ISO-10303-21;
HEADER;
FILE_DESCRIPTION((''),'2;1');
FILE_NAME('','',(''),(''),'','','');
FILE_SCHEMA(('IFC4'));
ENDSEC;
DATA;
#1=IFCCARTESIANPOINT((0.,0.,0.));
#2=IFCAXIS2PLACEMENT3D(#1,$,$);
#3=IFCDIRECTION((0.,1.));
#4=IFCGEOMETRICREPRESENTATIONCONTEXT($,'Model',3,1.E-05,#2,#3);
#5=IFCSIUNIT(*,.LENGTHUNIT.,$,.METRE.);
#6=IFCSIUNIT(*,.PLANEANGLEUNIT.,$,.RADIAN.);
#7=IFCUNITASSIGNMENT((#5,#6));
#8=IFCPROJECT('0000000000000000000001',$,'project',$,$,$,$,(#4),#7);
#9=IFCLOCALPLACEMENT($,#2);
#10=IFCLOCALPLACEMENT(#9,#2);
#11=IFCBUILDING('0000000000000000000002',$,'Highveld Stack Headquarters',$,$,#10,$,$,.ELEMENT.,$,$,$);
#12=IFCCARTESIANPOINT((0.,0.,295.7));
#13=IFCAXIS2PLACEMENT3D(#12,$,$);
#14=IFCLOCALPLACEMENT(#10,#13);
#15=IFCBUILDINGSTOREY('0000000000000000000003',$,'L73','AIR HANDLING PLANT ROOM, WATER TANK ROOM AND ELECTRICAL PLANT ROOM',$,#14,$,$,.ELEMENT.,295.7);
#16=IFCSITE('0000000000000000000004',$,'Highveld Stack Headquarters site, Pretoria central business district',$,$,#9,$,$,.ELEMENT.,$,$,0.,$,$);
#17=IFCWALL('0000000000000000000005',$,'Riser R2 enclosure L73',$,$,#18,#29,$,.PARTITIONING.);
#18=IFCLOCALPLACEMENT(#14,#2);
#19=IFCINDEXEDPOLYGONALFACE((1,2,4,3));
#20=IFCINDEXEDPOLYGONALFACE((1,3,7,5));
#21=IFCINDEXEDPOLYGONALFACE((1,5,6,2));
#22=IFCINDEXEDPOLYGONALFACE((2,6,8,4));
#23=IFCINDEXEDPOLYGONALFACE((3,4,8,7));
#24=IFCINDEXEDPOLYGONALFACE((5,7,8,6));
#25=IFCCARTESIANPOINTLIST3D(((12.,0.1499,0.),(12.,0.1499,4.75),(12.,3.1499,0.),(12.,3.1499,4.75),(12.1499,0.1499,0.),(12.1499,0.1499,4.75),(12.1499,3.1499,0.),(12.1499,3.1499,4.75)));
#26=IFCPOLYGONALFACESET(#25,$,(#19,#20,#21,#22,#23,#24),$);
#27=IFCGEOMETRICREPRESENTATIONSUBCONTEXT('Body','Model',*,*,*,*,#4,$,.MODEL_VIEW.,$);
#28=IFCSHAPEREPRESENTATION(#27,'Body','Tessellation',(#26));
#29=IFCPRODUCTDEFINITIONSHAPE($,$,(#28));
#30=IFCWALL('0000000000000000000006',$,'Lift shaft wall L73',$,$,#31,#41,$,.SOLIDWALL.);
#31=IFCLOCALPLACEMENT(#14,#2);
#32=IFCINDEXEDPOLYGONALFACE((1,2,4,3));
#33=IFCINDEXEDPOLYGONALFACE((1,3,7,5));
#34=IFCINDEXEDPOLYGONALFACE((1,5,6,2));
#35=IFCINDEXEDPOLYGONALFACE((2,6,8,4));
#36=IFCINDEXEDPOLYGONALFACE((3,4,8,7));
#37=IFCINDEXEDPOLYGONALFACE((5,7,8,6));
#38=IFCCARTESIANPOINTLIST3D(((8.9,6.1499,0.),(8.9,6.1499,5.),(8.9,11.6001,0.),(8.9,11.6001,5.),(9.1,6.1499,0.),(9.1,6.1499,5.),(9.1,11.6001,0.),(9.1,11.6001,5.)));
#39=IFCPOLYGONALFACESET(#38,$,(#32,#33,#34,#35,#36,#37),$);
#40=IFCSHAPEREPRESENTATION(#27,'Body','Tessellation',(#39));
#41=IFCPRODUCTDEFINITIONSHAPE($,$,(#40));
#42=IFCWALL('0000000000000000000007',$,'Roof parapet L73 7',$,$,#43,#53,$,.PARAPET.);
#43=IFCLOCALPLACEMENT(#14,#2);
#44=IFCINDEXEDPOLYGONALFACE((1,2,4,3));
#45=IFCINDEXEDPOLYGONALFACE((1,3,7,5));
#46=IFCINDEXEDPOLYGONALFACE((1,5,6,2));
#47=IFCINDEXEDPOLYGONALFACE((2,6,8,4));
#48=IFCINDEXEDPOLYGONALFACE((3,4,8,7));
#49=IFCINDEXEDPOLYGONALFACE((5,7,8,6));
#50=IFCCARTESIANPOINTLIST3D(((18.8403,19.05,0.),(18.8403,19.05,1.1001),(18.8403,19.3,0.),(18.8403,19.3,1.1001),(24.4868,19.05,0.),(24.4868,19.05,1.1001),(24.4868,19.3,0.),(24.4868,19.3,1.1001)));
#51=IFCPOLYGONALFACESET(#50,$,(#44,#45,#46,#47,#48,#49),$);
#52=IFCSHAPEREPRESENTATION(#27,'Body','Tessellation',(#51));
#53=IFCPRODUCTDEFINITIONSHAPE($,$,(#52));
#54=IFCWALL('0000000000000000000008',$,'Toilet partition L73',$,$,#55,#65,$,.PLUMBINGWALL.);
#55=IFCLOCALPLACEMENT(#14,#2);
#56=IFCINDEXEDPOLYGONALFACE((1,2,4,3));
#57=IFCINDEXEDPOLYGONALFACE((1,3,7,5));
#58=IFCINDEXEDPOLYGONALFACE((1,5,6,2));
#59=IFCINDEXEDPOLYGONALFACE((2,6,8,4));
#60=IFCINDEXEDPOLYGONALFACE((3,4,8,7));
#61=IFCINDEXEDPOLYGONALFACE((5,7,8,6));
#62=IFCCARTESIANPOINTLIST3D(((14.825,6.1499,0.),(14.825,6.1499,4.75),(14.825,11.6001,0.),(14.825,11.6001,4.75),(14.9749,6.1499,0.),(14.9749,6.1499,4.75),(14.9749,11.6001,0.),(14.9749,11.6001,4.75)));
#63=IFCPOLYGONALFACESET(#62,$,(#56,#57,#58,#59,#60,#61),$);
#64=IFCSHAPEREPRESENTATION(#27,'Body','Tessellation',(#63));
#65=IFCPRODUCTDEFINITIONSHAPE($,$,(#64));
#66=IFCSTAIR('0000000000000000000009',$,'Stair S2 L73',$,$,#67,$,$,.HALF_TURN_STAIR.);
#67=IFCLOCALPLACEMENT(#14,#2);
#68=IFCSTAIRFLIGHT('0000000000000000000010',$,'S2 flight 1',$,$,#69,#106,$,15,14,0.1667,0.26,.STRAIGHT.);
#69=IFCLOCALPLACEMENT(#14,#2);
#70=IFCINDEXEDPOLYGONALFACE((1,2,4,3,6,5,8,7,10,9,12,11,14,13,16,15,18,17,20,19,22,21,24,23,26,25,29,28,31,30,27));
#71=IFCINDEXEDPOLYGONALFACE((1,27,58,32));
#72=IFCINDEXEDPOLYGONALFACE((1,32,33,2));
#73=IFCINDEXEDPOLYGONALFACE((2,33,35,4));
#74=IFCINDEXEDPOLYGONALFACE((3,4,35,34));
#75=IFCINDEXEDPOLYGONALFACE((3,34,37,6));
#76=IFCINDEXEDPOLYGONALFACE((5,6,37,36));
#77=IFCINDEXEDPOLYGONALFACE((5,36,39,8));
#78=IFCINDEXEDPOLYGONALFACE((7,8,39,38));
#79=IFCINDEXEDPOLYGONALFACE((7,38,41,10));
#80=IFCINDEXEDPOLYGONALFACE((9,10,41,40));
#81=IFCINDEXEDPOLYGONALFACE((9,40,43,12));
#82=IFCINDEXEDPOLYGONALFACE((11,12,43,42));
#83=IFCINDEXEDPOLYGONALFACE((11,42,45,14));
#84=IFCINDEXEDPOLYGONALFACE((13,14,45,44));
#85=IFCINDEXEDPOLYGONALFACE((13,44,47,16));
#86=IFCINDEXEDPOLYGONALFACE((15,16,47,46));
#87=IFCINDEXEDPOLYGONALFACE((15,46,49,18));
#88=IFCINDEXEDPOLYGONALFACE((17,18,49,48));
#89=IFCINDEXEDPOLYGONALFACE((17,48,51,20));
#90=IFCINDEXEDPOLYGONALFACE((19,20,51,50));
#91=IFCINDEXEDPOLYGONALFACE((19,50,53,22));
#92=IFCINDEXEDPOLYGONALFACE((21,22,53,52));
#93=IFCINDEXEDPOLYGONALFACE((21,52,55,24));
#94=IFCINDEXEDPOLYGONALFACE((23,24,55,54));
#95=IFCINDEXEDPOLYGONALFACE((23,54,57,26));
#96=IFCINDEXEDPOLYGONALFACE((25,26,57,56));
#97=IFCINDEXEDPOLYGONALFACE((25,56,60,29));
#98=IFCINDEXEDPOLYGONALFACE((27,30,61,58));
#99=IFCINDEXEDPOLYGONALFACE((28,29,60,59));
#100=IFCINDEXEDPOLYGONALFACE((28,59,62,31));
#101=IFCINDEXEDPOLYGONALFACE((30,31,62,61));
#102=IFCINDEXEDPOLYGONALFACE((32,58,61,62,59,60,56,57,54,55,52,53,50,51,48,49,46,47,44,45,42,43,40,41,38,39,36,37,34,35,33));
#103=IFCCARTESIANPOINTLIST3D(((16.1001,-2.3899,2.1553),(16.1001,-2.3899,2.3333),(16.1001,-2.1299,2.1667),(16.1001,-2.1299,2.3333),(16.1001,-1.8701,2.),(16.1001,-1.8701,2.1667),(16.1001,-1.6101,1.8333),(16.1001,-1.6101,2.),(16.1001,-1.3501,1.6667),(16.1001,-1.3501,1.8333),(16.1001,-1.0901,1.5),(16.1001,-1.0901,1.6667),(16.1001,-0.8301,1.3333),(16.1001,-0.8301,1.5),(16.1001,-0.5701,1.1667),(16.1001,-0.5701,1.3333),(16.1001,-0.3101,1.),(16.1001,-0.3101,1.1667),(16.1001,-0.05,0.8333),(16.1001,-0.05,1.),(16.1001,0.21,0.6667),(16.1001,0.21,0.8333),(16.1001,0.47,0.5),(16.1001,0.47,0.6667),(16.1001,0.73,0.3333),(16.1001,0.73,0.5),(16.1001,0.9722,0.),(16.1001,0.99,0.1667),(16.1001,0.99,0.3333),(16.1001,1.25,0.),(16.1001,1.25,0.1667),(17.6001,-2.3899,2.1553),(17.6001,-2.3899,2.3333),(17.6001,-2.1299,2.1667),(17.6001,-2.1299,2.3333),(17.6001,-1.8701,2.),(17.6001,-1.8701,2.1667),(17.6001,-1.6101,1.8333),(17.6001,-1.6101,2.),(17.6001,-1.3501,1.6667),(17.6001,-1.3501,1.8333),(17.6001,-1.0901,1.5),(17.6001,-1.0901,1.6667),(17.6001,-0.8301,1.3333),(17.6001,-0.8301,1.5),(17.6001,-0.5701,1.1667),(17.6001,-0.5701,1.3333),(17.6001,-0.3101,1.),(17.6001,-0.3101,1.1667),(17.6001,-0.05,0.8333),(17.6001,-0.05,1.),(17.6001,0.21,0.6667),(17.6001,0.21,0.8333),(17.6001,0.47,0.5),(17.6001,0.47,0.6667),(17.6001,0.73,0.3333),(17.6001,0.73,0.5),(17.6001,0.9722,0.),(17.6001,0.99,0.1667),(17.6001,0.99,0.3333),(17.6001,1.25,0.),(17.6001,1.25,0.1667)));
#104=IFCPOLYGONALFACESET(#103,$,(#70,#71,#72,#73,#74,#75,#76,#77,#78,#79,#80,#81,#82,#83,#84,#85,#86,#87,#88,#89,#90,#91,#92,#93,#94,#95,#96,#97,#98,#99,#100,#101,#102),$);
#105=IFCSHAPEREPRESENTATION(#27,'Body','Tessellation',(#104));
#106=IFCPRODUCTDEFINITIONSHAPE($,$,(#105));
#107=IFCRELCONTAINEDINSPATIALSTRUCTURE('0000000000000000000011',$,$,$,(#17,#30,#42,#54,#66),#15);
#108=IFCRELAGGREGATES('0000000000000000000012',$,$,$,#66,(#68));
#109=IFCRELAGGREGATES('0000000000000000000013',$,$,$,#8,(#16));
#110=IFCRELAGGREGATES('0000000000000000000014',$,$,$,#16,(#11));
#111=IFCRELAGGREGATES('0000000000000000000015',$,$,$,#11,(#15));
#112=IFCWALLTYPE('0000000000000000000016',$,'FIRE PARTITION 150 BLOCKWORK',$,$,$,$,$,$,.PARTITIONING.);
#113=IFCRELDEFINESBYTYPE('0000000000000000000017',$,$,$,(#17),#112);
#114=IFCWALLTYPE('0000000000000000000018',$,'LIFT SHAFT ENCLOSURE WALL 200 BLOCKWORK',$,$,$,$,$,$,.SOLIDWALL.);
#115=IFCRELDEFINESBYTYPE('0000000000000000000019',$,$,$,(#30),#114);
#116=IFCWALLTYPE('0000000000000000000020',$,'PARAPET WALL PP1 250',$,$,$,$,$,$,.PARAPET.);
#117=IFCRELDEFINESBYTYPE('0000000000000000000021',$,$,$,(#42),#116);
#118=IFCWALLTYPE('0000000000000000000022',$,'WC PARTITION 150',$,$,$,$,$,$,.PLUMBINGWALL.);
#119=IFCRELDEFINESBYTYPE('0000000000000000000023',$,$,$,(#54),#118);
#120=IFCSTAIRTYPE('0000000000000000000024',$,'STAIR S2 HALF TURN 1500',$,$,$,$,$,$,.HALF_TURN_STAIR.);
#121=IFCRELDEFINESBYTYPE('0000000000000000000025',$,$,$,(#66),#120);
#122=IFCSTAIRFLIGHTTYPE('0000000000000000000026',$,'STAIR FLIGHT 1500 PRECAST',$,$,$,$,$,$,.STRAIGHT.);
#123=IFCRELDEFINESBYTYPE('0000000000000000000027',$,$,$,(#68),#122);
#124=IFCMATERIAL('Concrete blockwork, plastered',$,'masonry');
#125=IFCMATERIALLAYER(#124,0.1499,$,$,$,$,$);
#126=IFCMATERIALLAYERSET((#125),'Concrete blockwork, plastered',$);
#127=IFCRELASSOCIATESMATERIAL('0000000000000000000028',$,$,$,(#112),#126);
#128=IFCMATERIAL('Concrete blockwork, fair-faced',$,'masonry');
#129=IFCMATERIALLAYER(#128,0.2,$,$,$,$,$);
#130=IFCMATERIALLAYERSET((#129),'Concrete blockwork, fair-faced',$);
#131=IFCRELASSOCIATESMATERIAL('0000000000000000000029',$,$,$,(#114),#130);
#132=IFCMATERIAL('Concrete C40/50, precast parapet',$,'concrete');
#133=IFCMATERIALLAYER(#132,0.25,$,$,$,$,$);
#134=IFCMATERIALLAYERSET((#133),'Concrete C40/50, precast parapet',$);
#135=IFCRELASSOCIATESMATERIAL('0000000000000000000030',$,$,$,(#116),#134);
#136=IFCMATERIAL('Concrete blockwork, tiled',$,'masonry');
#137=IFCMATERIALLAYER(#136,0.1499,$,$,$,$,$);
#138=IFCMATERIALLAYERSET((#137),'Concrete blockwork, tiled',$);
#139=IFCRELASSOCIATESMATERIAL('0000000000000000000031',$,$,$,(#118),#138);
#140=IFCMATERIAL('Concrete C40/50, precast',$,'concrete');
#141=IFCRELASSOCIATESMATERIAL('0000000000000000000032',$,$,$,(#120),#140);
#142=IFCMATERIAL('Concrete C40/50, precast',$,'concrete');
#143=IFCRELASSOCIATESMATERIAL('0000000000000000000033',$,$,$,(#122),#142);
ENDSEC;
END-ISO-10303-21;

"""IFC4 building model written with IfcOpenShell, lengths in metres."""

from ifc_helpers import new_model, si_unit, direction, frame, frame_2d, origin, place, context, subcontext, project, spatial, polyline, rectangle, outline, extrude, material, layer, layer_set, type_object, element, aggregate, save


model = new_model("IFC4")

# Units and contexts
model_context = context("Model", 3, precision=1e-05, world=origin(), true_north=direction((0.0, 1.0)))
body_context = subcontext(model_context, "Body", "Model", "MODEL_VIEW")
ifc_project = project(units=[si_unit("LENGTHUNIT", "METRE"), si_unit("PLANEANGLEUNIT", "RADIAN")], contexts=[model_context])

# Site, building, storey
site_placement = place(None, origin())
site = spatial("IfcSite", under=ifc_project, at=site_placement, Name="Highveld Stack Headquarters site, Pretoria central business district", CompositionType="ELEMENT", RefElevation=0.0)
building_placement = place(site_placement, origin())
building = spatial("IfcBuilding", under=site, at=building_placement, Name="Highveld Stack Headquarters", CompositionType="ELEMENT")
storey_placement = place(building_placement, frame((0.0, 0.0, 295.7)))
storey = spatial("IfcBuildingStorey", under=building, at=storey_placement, Name="L73", Description="AIR HANDLING PLANT ROOM, WATER TANK ROOM AND ELECTRICAL PLANT ROOM", CompositionType="ELEMENT", Elevation=295.7)

# Shared definitions
ifc_material_1 = material(Name="Concrete blockwork, plastered", Category="masonry")
ifc_layer_1 = layer(ifc_material_1, 0.1499)
ifc_layer_set_1 = layer_set([ifc_layer_1], Name="Concrete blockwork, plastered")
wall_type_1 = type_object("IfcWallType", Name="FIRE PARTITION 150 BLOCKWORK", PredefinedType="PARTITIONING", material=ifc_layer_set_1)

# Walls
wall_1_placement = place(storey_placement, frame((12.075, 0.1499, 0.0), z_axis=(0.0, 0.0, 1.0), x_axis=(0.0, 1.0, 0.0)))
element("IfcWall", 1, at=wall_1_placement, inside=storey, type_object=wall_type_1, Name="Riser R2 enclosure L73", PredefinedType="PARTITIONING", context=body_context, shape_type="SweptSolid", body=[
    extrude(rectangle(XDim=3.0, YDim=0.1499, at=frame_2d((1.5, 0.0))), origin(), (0.0, 0.0, 1.0), 4.75),
])
ifc_material_2 = material(Name="Concrete blockwork, fair-faced", Category="masonry")
ifc_layer_2 = layer(ifc_material_2, 0.2)
ifc_layer_set_2 = layer_set([ifc_layer_2], Name="Concrete blockwork, fair-faced")
wall_type_2 = type_object("IfcWallType", Name="LIFT SHAFT ENCLOSURE WALL 200 BLOCKWORK", PredefinedType="SOLIDWALL", material=ifc_layer_set_2)
wall_2_placement = place(storey_placement, frame((9.0, 6.1499, 0.0), z_axis=(0.0, 0.0, 1.0), x_axis=(0.0, 1.0, 0.0)))
element("IfcWall", 2, at=wall_2_placement, inside=storey, type_object=wall_type_2, Name="Lift shaft wall L73", PredefinedType="SOLIDWALL", context=body_context, shape_type="SweptSolid", body=[
    extrude(rectangle(XDim=5.4502, YDim=0.2, at=frame_2d((2.7251, 0.0))), origin(), (0.0, 0.0, 1.0), 5.0),
])
ifc_material_3 = material(Name="Concrete C40/50, precast parapet", Category="concrete")
ifc_layer_3 = layer(ifc_material_3, 0.25)
ifc_layer_set_3 = layer_set([ifc_layer_3], Name="Concrete C40/50, precast parapet")
wall_type_3 = type_object("IfcWallType", Name="PARAPET WALL PP1 250", PredefinedType="PARAPET", material=ifc_layer_set_3)
wall_3_placement = place(storey_placement, frame((18.8403, 19.175, 0.0), z_axis=(0.0, 0.0, 1.0), x_axis=(1.0, 0.0, 0.0)))
element("IfcWall", 3, at=wall_3_placement, inside=storey, type_object=wall_type_3, Name="Roof parapet L73 7", PredefinedType="PARAPET", context=body_context, shape_type="SweptSolid", body=[
    extrude(rectangle(XDim=5.6465, YDim=0.25, at=frame_2d((2.8232, 0.0))), origin(), (0.0, 0.0, 1.0), 1.1001),
])
ifc_material_4 = material(Name="Concrete blockwork, tiled", Category="masonry")
ifc_layer_4 = layer(ifc_material_4, 0.1499)
ifc_layer_set_4 = layer_set([ifc_layer_4], Name="Concrete blockwork, tiled")
wall_type_4 = type_object("IfcWallType", Name="WC PARTITION 150", PredefinedType="PLUMBINGWALL", material=ifc_layer_set_4)
wall_4_placement = place(storey_placement, frame((14.8999, 6.1499, 0.0), z_axis=(0.0, 0.0, 1.0), x_axis=(0.0, 1.0, 0.0)))
element("IfcWall", 4, at=wall_4_placement, inside=storey, type_object=wall_type_4, Name="Toilet partition L73", PredefinedType="PLUMBINGWALL", context=body_context, shape_type="SweptSolid", body=[
    extrude(rectangle(XDim=5.4502, YDim=0.1499, at=frame_2d((2.7251, 0.0))), origin(), (0.0, 0.0, 1.0), 4.75),
])

# Stair, stair flight
ifc_material_5 = material(Name="Concrete C40/50, precast", Category="concrete")
stair_type = type_object("IfcStairType", Name="STAIR S2 HALF TURN 1500", PredefinedType="HALF_TURN_STAIR", material=ifc_material_5)
stair_placement = place(storey_placement, origin())
stair = element("IfcStair", 5, at=stair_placement, inside=storey, type_object=stair_type, Name="Stair S2 L73", PredefinedType="HALF_TURN_STAIR")
ifc_material_6 = material(Name="Concrete C40/50, precast", Category="concrete")
stair_flight_type = type_object("IfcStairFlightType", Name="STAIR FLIGHT 1500 PRECAST", PredefinedType="STRAIGHT", material=ifc_material_6)
stair_flight_placement = place(storey_placement, frame((16.8501, 1.25, 0.0), z_axis=(0.0, 0.0, 1.0), x_axis=(0.0, -1.0, 0.0)))
stair_flight = element("IfcStairFlight", 6, at=stair_flight_placement, type_object=stair_flight_type, Name="S2 flight 1", NumberOfRisers=15, NumberOfTreads=14, PredefinedType="STRAIGHT", RiserHeight=0.1667, TreadLength=0.26, context=body_context, shape_type="SweptSolid", body=[
    extrude(outline(polyline([(0.0, 0.0), (0.0, 0.1667), (0.26, 0.1667), (0.26, 0.3333), (0.52, 0.3333), (0.52, 0.5), (0.78, 0.5), (0.78, 0.6667), (1.04, 0.6667), (1.04, 0.8333), (1.3, 0.8333), (1.3, 1.0), (1.5601, 1.0), (1.5601, 1.1667), (1.8201, 1.1667), (1.8201, 1.3333), (2.0801, 1.3333), (2.0801, 1.5), (2.3401, 1.5), (2.3401, 1.6667), (2.6001, 1.6667), (2.6001, 1.8333), (2.8601, 1.8333), (2.8601, 2.0), (3.1201, 2.0), (3.1201, 2.1667), (3.3799, 2.1667), (3.3799, 2.3333), (3.6399, 2.3333), (3.6399, 2.5), (3.6399, 2.1553), (0.2778, 0.0), (0.0, 0.0)])), frame((0.0, 0.75, 0.0), z_axis=(0.0, -1.0, 0.0), x_axis=(1.0, 0.0, 0.0)), (0.0, 0.0, 1.0), 1.5),
])
aggregate(stair, [stair_flight])

save(model, "model.ifc")
